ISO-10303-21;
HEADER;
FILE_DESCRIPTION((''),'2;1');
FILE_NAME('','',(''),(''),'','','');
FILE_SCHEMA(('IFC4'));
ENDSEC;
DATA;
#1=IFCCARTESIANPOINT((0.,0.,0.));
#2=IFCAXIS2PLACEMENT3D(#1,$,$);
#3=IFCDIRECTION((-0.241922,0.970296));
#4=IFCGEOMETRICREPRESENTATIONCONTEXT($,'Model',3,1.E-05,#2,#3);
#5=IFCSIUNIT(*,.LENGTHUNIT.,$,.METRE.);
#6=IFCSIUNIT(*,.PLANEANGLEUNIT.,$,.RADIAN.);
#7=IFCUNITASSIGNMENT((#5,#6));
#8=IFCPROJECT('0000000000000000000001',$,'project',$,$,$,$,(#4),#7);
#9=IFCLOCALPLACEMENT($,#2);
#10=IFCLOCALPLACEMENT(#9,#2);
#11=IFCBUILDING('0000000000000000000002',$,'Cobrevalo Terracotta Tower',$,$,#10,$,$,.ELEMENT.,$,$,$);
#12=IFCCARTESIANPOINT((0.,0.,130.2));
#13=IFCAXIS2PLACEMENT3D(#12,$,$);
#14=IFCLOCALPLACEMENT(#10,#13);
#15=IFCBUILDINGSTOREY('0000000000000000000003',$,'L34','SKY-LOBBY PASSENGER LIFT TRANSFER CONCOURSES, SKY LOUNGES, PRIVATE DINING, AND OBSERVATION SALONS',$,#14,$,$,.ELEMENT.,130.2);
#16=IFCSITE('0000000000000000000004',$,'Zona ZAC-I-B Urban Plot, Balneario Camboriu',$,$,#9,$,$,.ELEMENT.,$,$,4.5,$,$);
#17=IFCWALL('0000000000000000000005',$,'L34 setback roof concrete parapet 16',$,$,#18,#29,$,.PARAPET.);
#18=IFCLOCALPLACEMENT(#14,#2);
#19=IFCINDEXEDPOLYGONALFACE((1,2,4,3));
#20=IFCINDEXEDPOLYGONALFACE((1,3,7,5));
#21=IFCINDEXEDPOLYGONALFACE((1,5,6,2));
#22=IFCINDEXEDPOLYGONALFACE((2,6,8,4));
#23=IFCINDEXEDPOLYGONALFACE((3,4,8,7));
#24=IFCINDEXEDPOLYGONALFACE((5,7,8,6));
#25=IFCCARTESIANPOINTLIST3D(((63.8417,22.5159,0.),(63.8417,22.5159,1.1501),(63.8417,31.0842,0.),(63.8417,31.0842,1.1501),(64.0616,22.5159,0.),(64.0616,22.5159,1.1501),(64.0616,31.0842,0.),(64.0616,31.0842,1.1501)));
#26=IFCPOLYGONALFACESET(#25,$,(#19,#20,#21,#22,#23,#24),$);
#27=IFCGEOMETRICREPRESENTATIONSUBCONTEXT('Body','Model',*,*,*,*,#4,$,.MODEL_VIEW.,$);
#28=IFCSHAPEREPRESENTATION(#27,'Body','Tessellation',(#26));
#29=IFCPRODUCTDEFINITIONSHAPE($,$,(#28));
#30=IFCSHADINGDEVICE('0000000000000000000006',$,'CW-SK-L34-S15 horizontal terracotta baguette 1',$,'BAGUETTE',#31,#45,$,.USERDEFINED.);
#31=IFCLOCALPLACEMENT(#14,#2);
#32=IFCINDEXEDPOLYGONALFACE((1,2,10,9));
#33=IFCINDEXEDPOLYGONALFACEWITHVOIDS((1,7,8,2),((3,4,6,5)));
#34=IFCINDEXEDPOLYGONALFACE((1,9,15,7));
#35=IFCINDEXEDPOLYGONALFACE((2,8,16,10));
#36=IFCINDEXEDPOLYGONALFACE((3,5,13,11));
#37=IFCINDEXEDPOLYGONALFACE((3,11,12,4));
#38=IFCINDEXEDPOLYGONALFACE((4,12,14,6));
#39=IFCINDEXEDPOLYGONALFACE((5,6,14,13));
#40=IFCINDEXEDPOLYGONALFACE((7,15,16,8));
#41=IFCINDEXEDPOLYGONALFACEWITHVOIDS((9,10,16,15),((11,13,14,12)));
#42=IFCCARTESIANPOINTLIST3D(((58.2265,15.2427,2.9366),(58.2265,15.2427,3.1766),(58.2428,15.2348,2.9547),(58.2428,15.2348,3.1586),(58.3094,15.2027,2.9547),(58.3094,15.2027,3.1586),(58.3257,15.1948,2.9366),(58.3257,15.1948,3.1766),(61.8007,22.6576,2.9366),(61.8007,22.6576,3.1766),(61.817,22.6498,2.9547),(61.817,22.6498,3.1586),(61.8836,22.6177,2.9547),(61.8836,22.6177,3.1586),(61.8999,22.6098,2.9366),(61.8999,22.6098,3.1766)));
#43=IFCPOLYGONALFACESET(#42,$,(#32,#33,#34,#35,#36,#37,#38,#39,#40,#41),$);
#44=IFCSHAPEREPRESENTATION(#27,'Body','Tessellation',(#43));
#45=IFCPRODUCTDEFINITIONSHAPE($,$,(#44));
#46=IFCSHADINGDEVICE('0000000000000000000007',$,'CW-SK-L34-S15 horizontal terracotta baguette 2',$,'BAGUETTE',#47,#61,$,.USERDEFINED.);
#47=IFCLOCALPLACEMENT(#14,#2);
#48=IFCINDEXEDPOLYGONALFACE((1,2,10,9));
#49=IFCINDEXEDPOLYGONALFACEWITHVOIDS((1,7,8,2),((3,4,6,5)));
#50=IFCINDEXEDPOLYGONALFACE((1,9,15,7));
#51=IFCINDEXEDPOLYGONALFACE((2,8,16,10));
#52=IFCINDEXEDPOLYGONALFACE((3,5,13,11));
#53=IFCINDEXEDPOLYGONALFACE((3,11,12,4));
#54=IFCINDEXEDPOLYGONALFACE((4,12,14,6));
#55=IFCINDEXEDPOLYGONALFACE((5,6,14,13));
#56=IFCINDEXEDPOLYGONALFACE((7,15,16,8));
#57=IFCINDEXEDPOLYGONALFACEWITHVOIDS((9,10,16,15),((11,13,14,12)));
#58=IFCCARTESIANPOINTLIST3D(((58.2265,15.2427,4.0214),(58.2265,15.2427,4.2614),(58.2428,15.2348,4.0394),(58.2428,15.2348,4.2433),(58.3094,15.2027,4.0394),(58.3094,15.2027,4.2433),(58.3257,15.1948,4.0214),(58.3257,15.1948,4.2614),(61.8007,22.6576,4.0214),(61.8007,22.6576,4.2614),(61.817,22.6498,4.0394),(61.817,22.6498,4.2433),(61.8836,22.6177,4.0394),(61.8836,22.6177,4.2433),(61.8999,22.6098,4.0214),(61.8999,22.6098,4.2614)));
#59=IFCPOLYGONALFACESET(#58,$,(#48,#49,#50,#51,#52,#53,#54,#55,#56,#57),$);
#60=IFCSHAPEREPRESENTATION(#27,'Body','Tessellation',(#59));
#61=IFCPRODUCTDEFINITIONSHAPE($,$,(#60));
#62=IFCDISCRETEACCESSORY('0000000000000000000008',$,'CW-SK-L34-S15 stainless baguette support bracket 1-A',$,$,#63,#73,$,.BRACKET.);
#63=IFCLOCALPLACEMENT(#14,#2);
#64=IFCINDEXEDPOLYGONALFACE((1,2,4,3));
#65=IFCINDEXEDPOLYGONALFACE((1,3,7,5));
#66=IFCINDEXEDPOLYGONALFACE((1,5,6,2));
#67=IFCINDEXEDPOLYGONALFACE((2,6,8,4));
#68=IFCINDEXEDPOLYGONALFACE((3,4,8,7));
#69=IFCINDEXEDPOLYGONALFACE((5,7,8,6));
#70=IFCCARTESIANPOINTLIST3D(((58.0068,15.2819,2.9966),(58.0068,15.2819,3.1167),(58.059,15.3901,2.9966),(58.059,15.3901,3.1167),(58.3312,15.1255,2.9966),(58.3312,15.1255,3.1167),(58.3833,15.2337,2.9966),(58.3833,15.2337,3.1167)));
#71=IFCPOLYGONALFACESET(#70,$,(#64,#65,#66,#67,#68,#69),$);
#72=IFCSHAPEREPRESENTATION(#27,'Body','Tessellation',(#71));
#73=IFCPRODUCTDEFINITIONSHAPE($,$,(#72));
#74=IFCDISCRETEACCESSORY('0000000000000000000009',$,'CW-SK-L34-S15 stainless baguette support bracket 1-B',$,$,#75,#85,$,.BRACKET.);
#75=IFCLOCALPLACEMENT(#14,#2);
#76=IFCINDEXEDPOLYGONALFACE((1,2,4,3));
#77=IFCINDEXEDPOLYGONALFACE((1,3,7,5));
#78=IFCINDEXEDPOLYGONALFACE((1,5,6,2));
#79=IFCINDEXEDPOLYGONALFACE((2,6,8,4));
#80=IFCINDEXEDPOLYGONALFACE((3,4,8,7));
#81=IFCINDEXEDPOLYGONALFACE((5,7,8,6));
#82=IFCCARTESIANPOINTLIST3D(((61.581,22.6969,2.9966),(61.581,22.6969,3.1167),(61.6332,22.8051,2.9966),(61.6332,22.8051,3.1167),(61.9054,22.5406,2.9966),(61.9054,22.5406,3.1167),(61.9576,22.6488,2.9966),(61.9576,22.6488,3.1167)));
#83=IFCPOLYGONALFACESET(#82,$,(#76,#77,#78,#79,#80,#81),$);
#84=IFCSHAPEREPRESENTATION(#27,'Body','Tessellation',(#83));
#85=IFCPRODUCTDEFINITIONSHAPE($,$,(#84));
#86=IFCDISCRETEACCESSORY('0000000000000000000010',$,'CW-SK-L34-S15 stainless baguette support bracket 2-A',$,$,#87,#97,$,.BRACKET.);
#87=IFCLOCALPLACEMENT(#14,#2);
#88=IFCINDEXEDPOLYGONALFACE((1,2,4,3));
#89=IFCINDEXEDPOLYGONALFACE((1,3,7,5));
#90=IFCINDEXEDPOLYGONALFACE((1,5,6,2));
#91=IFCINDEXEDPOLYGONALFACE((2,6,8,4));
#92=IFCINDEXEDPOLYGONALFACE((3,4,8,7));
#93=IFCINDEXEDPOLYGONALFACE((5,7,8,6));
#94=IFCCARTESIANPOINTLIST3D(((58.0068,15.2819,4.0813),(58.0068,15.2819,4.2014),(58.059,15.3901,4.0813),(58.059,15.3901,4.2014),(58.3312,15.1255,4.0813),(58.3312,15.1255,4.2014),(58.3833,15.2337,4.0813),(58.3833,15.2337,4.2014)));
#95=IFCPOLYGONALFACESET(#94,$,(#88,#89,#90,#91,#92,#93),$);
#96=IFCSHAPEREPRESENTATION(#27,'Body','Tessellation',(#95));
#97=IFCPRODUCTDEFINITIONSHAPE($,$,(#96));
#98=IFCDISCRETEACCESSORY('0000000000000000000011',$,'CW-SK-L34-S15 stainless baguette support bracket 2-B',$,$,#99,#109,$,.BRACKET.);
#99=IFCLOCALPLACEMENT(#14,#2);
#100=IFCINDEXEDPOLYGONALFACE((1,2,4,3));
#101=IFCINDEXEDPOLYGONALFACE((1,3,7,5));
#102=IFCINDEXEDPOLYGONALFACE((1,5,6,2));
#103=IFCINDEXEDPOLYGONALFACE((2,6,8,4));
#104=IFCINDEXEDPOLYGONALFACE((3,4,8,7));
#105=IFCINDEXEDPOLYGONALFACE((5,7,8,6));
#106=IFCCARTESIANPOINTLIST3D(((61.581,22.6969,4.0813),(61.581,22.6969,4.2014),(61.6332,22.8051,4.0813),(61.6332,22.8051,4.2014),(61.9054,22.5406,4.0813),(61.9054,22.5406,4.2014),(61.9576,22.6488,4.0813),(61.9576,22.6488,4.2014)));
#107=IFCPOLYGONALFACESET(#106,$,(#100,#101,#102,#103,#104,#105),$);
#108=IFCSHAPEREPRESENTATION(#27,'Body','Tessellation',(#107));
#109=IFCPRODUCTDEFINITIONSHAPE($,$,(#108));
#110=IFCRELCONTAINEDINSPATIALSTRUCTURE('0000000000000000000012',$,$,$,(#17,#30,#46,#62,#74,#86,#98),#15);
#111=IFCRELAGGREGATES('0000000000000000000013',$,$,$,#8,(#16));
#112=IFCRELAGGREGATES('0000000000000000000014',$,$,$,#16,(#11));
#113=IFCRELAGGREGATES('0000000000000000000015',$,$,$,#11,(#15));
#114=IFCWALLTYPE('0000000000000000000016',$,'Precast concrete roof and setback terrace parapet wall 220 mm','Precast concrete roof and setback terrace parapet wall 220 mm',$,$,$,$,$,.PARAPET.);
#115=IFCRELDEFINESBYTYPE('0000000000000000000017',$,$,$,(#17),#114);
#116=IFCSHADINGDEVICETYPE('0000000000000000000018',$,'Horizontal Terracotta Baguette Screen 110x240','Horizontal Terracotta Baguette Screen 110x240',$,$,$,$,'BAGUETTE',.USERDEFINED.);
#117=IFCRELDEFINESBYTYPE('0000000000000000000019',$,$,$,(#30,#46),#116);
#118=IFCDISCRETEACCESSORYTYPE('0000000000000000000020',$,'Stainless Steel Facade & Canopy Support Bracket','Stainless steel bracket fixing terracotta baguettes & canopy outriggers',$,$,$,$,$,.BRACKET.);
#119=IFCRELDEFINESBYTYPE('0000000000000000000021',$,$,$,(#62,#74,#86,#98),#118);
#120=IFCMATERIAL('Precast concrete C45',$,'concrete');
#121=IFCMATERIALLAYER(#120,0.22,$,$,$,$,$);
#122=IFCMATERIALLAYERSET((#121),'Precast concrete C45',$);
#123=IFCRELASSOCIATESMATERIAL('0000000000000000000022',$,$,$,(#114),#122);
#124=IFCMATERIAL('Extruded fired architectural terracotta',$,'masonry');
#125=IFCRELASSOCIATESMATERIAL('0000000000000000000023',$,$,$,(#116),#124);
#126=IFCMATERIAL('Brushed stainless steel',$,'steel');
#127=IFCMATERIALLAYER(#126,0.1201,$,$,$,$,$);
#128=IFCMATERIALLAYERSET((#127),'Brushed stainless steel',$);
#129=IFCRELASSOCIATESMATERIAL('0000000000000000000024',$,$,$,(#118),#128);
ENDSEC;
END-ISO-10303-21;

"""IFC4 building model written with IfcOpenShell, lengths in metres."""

from ifc_helpers import new_model, si_unit, direction, frame, frame_2d, origin, origin_2d, place, context, subcontext, project, spatial, rectangle, hollow_rectangle, extrude, source, transform, mapped, material, layer, layer_set, material_profile, profile_set, type_object, element, save


model = new_model("IFC4")

# Units and contexts
model_context = context("Model", 3, precision=1e-05, world=origin(), true_north=direction((-0.241922, 0.970296)))
body_context = subcontext(model_context, "Body", "Model", "MODEL_VIEW")
ifc_project = project(units=[si_unit("LENGTHUNIT", "METRE"), si_unit("PLANEANGLEUNIT", "RADIAN")], contexts=[model_context])

# Site, building, storey
site_placement = place(None, origin())
site = spatial("IfcSite", under=ifc_project, at=site_placement, Name="Zona ZAC-I-B Urban Plot, Balneario Camboriu", CompositionType="ELEMENT", RefElevation=4.5)
building_placement = place(site_placement, origin())
building = spatial("IfcBuilding", under=site, at=building_placement, Name="Cobrevalo Terracotta Tower", CompositionType="ELEMENT")
storey_placement = place(building_placement, frame((0.0, 0.0, 130.2)))
storey = spatial("IfcBuildingStorey", under=building, at=storey_placement, Name="L34", Description="SKY-LOBBY PASSENGER LIFT TRANSFER CONCOURSES, SKY LOUNGES, PRIVATE DINING, AND OBSERVATION SALONS", CompositionType="ELEMENT", Elevation=130.2)

# Wall
ifc_material_1 = material(Name="Precast concrete C45", Category="concrete")
ifc_layer_1 = layer(ifc_material_1, 0.22)
ifc_layer_set_1 = layer_set([ifc_layer_1], Name="Precast concrete C45")
wall_type = type_object("IfcWallType", Name="Precast concrete roof and setback terrace parapet wall 220 mm", Description="Precast concrete roof and setback terrace parapet wall 220 mm", PredefinedType="PARAPET", material=ifc_layer_set_1)
wall_placement = place(storey_placement, frame((63.9517, 22.5159, 0.0), z_axis=(0.0, 0.0, 1.0), x_axis=(0.0, 1.0, 0.0)))
element("IfcWall", 1, at=wall_placement, inside=storey, type_object=wall_type, Name="L34 setback roof concrete parapet 16", PredefinedType="PARAPET", context=body_context, shape_type="SweptSolid", body=[
    extrude(rectangle(XDim=8.5684, YDim=0.22, at=frame_2d((4.2842, 0.0))), origin(), (0.0, 0.0, 1.0), 1.1501),
])

# Shading devices
ifc_material_2 = material(Name="Extruded fired architectural terracotta", Category="masonry")
ifc_material_profile_1 = material_profile(ifc_material_2, hollow_rectangle(XDim=0.1101, YDim=0.24, WallThickness=0.0181, at=origin_2d()), Name="BAGUETTE 110x240")
ifc_profile_set_1 = profile_set([ifc_material_profile_1], Name="Extruded fired architectural terracotta")
shading_device_type = type_object("IfcShadingDeviceType", Name="Horizontal Terracotta Baguette Screen 110x240", Description="Horizontal Terracotta Baguette Screen 110x240", ElementType="BAGUETTE", PredefinedType="USERDEFINED", material=ifc_profile_set_1)
shared_shape_1 = source(origin(), body_context, "Body", "SweptSolid", [
    extrude(hollow_rectangle(XDim=0.1101, YDim=0.24, WallThickness=0.0181, at=origin_2d()), origin(), (0.0, 0.0, 1.0), 8.2314),
])
for number, where, z_axis, x_axis, name in (
    (2, (58.2761, 15.2188, 3.0566), (0.434212, 0.900811, 0.0), (-0.900811, 0.434212, 0.0), "CW-SK-L34-S15 horizontal terracotta baguette 1"),
    (3, (58.2761, 15.2188, 4.1414), (0.434212, 0.900811, 0.0), (-0.900811, 0.434212, 0.0), "CW-SK-L34-S15 horizontal terracotta baguette 2"),
):
    element("IfcShadingDevice", number, at=place(storey_placement, frame(where, z_axis=z_axis, x_axis=x_axis)), inside=storey, type_object=shading_device_type, Name=name, ObjectType="BAGUETTE", PredefinedType="USERDEFINED", context=body_context, shape_type="MappedRepresentation", body=[
        mapped(shared_shape_1, transform((0.0, 0.0, 0.0), scale=1.0)),
    ])

# Discrete accessories
ifc_material_3 = material(Name="Brushed stainless steel", Category="steel")
ifc_layer_2 = layer(ifc_material_3, 0.1201)
ifc_layer_set_2 = layer_set([ifc_layer_2], Name="Brushed stainless steel")
discrete_accessory_type = type_object("IfcDiscreteAccessoryType", Name="Stainless Steel Facade & Canopy Support Bracket", Description="Stainless steel bracket fixing terracotta baguettes & canopy outriggers", PredefinedType="BRACKET", material=ifc_layer_set_2)
shared_shape_2 = source(origin(), body_context, "Body", "SweptSolid", [
    extrude(rectangle(XDim=0.1201, YDim=0.3601, at=origin_2d()), origin(), (0.0, 0.0, 1.0), 0.1201),
])
for number, where, z_axis, x_axis, name in (
    (4, (58.1951, 15.2578, 2.9966), (0.0, 0.0, 1.0), (0.434209, 0.900812, 0.0), "CW-SK-L34-S15 stainless baguette support bracket 1-A"),
    (5, (61.7693, 22.6729, 2.9966), (0.0, 0.0, 1.0), (0.434209, 0.900812, 0.0), "CW-SK-L34-S15 stainless baguette support bracket 1-B"),
    (6, (58.1951, 15.2578, 4.0813), (0.0, 0.0, 1.0), (0.434209, 0.900812, 0.0), "CW-SK-L34-S15 stainless baguette support bracket 2-A"),
    (7, (61.7693, 22.6729, 4.0813), (0.0, 0.0, 1.0), (0.434209, 0.900812, 0.0), "CW-SK-L34-S15 stainless baguette support bracket 2-B"),
):
    element("IfcDiscreteAccessory", number, at=place(storey_placement, frame(where, z_axis=z_axis, x_axis=x_axis)), inside=storey, type_object=discrete_accessory_type, Name=name, PredefinedType="BRACKET", context=body_context, shape_type="MappedRepresentation", body=[
        mapped(shared_shape_2, transform((0.0, 0.0, 0.0), scale=1.0)),
    ])

save(model, "model.ifc")
